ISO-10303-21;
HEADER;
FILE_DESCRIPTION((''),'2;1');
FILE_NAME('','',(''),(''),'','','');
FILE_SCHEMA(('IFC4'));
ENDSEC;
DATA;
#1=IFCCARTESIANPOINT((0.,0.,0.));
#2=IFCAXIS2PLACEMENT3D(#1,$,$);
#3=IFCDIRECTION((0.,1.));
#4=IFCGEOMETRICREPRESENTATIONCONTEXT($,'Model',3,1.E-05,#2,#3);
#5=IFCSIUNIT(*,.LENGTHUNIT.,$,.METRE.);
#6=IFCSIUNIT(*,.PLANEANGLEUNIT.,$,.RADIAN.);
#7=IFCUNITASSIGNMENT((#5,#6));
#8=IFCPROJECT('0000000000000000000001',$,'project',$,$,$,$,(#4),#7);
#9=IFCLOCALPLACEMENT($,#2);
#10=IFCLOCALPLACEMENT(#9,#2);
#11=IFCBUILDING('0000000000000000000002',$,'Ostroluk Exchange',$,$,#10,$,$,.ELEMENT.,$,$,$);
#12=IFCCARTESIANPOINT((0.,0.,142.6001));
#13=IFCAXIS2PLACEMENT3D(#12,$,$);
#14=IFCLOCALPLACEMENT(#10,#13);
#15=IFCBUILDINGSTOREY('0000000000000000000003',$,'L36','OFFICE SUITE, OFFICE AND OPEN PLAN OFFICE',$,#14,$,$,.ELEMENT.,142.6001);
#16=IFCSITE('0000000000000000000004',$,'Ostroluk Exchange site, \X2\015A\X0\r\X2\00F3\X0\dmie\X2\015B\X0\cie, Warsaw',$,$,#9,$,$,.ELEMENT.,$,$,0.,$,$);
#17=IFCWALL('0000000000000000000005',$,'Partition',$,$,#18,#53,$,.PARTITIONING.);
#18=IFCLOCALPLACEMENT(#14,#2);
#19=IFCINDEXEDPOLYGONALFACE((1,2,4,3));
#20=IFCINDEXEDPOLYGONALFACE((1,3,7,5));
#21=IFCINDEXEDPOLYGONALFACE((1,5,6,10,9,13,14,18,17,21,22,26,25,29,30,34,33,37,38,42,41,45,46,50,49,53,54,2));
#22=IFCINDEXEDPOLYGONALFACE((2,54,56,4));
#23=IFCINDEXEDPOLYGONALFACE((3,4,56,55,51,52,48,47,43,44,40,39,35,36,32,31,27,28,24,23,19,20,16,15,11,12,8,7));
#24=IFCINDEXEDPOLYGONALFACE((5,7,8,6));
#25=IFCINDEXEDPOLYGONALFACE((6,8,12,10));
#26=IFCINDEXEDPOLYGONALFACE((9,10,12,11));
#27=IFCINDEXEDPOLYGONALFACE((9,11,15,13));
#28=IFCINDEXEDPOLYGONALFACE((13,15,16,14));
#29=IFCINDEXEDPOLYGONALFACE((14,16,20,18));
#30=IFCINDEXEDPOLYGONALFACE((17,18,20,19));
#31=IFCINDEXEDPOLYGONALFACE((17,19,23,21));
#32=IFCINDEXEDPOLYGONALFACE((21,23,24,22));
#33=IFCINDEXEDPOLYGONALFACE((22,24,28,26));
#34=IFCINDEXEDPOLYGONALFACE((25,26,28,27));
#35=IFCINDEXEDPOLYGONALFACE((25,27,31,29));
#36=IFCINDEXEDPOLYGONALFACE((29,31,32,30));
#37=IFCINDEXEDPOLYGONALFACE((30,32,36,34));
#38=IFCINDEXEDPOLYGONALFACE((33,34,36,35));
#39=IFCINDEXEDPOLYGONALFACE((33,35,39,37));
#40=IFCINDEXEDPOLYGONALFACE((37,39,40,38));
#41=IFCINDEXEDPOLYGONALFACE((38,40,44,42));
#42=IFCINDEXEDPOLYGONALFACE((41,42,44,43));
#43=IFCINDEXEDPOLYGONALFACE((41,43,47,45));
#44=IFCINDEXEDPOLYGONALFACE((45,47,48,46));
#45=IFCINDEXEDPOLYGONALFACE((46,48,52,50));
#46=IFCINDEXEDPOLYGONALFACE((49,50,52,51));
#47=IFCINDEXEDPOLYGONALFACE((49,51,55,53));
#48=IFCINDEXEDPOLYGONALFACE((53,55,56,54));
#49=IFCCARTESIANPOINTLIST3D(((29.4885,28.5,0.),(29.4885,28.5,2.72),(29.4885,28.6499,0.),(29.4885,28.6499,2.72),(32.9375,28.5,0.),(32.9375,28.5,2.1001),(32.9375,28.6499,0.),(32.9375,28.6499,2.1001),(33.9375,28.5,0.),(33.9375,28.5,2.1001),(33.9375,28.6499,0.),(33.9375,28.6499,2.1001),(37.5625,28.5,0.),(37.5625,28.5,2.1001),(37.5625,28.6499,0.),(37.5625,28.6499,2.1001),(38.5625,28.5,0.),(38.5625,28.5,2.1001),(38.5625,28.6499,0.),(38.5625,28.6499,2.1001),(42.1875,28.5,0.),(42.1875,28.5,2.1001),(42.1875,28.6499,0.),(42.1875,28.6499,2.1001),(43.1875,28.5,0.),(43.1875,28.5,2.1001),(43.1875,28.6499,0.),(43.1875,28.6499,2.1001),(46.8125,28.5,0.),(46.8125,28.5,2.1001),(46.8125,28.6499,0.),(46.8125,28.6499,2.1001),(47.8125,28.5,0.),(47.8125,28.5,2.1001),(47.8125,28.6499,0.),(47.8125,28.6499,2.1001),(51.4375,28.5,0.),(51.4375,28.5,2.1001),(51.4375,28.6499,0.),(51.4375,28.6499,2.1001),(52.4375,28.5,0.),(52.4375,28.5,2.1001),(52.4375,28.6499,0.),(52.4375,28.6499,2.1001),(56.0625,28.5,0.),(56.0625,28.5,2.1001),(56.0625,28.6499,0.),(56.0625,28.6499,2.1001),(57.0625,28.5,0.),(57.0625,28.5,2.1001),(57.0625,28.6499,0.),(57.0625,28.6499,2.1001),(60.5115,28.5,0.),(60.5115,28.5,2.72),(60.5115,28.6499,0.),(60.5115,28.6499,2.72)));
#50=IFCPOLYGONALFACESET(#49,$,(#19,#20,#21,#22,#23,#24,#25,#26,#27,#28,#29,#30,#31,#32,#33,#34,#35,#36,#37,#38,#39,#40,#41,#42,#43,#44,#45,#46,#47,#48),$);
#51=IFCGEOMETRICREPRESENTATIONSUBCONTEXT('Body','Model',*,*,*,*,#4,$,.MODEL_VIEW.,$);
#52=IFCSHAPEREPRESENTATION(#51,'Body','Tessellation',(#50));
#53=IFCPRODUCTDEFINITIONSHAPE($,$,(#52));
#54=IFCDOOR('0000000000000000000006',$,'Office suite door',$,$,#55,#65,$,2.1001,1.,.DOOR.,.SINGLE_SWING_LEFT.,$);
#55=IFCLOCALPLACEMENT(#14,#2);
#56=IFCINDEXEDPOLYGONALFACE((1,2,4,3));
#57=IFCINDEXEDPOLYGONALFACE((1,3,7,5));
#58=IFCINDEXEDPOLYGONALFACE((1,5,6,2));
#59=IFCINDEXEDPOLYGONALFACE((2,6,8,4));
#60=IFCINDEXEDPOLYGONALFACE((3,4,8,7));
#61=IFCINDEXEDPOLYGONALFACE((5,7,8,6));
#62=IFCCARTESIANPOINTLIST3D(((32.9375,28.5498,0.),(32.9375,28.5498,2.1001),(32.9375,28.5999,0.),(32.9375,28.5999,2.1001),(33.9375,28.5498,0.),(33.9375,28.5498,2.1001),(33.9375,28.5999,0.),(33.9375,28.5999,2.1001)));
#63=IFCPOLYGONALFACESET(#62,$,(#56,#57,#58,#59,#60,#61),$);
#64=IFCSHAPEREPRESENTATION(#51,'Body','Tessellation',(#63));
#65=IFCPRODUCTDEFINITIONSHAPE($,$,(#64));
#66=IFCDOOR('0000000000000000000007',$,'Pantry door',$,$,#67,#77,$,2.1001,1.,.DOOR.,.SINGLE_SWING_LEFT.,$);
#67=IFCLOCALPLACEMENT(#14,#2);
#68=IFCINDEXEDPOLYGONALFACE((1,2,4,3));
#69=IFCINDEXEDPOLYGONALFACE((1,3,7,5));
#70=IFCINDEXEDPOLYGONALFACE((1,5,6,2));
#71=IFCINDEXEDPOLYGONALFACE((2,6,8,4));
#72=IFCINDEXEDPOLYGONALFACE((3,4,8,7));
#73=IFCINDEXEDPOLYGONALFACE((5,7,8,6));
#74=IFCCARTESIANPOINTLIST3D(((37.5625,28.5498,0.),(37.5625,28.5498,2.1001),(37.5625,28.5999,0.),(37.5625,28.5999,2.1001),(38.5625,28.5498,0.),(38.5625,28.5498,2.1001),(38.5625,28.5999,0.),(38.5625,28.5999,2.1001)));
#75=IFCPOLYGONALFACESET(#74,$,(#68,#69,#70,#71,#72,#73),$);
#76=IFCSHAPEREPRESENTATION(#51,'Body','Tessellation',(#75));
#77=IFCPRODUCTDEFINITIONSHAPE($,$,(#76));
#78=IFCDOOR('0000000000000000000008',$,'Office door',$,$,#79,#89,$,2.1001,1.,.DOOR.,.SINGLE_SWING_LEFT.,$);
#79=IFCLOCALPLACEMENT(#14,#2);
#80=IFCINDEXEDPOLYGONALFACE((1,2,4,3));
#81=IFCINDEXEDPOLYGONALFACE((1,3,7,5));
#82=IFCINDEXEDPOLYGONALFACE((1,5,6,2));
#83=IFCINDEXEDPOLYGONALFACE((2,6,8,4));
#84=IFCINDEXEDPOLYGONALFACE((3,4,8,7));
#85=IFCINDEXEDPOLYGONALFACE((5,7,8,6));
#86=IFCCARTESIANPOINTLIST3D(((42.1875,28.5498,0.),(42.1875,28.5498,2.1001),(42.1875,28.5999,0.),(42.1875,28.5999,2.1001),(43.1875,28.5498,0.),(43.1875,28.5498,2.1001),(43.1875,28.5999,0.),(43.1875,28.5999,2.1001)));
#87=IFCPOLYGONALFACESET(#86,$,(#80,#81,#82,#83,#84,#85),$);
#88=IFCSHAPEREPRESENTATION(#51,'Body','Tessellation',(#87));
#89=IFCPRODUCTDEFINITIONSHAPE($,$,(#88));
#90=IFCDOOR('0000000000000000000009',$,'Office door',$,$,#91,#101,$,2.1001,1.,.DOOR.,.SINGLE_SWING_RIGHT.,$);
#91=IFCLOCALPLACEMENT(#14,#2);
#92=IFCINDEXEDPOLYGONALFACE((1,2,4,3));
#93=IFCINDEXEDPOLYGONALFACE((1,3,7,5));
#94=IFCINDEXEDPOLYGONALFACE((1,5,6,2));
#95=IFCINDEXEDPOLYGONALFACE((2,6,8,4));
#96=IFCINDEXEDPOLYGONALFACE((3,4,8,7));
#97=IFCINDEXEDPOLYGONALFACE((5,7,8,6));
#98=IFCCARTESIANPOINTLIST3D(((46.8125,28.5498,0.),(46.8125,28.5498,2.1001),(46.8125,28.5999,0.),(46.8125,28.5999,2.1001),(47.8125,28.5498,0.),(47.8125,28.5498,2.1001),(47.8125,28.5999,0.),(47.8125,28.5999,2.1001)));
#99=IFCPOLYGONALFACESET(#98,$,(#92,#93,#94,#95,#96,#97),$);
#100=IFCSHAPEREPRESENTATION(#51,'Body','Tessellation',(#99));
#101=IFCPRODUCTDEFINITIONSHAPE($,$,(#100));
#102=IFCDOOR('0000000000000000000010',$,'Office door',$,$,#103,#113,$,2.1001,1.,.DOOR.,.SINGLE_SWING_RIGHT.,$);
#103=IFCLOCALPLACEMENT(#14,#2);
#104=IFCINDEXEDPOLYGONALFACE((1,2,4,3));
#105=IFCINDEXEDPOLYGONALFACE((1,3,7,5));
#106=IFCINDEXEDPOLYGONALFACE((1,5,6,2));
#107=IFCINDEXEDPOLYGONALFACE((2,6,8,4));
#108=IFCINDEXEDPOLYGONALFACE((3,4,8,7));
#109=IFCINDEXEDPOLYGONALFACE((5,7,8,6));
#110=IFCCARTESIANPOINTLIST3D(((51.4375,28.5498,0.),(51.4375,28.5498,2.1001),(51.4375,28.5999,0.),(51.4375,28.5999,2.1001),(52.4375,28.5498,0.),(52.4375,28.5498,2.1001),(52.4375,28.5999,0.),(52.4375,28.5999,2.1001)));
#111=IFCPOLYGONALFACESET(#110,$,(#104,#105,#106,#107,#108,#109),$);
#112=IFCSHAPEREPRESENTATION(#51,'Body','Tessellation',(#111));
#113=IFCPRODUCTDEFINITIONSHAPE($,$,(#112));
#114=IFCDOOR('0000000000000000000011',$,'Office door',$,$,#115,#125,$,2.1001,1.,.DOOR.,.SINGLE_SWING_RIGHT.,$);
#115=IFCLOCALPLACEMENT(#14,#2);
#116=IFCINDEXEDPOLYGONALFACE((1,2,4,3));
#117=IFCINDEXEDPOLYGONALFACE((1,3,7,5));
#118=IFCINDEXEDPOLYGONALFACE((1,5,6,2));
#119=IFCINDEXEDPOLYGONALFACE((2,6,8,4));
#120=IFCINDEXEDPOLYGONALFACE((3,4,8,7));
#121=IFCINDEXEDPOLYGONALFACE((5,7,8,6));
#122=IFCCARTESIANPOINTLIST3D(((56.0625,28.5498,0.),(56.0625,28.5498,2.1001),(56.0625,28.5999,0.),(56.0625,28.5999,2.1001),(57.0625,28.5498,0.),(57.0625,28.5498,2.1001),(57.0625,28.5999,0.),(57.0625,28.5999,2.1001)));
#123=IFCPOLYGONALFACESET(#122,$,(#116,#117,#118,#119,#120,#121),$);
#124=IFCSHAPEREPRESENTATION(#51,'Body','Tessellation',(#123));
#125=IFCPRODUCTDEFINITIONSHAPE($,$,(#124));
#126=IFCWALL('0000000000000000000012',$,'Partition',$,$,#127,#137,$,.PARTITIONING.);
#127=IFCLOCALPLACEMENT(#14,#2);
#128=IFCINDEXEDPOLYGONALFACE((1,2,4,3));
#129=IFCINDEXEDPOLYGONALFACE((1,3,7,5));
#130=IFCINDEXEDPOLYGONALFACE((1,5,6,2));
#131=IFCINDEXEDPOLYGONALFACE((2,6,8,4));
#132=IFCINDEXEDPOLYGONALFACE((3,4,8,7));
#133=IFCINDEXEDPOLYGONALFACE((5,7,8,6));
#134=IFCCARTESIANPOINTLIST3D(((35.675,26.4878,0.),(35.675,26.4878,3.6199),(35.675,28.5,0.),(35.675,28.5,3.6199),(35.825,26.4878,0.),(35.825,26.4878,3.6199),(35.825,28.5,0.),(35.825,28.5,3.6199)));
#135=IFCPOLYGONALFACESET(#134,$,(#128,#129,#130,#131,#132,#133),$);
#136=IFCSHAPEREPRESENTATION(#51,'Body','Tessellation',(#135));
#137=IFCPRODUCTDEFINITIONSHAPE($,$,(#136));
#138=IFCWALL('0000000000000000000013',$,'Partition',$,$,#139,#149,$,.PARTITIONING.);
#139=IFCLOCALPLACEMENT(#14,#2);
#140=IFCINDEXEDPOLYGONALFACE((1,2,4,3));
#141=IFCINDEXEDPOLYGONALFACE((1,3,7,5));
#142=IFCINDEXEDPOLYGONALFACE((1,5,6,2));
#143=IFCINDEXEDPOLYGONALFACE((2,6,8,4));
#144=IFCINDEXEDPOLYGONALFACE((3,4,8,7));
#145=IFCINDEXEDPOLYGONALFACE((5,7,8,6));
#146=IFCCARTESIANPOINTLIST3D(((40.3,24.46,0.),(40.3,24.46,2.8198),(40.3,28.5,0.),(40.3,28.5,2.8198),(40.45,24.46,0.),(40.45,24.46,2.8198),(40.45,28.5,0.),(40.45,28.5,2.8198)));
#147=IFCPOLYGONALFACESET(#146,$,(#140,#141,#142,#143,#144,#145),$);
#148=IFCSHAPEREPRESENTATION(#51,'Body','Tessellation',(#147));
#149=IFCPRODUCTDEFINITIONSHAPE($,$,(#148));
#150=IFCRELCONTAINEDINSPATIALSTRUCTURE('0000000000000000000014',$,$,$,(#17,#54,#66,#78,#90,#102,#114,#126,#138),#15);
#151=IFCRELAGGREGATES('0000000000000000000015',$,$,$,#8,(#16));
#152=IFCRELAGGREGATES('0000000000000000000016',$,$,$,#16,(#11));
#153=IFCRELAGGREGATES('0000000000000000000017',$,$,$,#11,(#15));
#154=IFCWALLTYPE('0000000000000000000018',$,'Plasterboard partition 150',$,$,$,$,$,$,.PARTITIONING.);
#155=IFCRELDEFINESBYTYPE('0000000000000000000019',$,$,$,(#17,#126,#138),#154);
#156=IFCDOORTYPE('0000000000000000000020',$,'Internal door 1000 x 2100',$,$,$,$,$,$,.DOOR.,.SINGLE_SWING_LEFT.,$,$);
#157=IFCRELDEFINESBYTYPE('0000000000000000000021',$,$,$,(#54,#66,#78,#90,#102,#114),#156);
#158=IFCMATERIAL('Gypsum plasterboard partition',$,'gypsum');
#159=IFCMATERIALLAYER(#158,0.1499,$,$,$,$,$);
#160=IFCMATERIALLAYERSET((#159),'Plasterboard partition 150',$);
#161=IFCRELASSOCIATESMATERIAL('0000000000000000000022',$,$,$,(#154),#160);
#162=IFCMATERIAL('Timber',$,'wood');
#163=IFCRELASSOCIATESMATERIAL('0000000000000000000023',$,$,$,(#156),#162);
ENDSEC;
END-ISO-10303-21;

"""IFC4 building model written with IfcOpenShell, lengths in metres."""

from ifc_helpers import new_model, si_unit, direction, frame, frame_2d, origin, place, context, subcontext, project, spatial, rectangle, extrude, material, layer, layer_set, type_object, element, fill, save


model = new_model("IFC4")

# Units and contexts
model_context = context("Model", 3, precision=1e-05, world=origin(), true_north=direction((0.0, 1.0)))
body_context = subcontext(model_context, "Body", "Model", "MODEL_VIEW")
ifc_project = project(units=[si_unit("LENGTHUNIT", "METRE"), si_unit("PLANEANGLEUNIT", "RADIAN")], contexts=[model_context])

# Site, building, storey
site_placement = place(None, origin())
site = spatial("IfcSite", under=ifc_project, at=site_placement, Name="Ostroluk Exchange site, Śródmieście, Warsaw", CompositionType="ELEMENT", RefElevation=0.0)
building_placement = place(site_placement, origin())
building = spatial("IfcBuilding", under=site, at=building_placement, Name="Ostroluk Exchange", CompositionType="ELEMENT")
storey_placement = place(building_placement, frame((0.0, 0.0, 142.6001)))
storey = spatial("IfcBuildingStorey", under=building, at=storey_placement, Name="L36", Description="OFFICE SUITE, OFFICE AND OPEN PLAN OFFICE", CompositionType="ELEMENT", Elevation=142.6001)

# Shared definitions
ifc_material_1 = material(Name="Gypsum plasterboard partition", Category="gypsum")
ifc_layer_1 = layer(ifc_material_1, 0.1499)
ifc_layer_set_1 = layer_set([ifc_layer_1], Name="Plasterboard partition 150")
wall_type = type_object("IfcWallType", Name="Plasterboard partition 150", PredefinedType="PARTITIONING", material=ifc_layer_set_1)

# Wall, openings, doors
wall_1_placement = place(storey_placement, frame((29.4885, 28.575, 0.0), z_axis=(0.0, 0.0, 1.0), x_axis=(1.0, 0.0, 0.0)))
wall_1 = element("IfcWall", 1, at=wall_1_placement, inside=storey, type_object=wall_type, Name="Partition", PredefinedType="PARTITIONING", context=body_context, shape_type="SweptSolid", body=[
    extrude(rectangle(XDim=31.0229, YDim=0.1499, at=frame_2d((15.5115, 0.0))), origin(), (0.0, 0.0, 1.0), 2.72),
])
opening_1_placement = place(wall_1_placement, frame((3.449, 0.0, 0.0)))
opening_1 = element("IfcOpeningElement", 2, at=opening_1_placement, cuts=wall_1, PredefinedType="OPENING", context=body_context, shape_type="SweptSolid", body=[
    extrude(rectangle(XDim=1.0, YDim=2.1001, at=frame_2d((0.5, 1.05))), frame((0.0, 0.085, 0.0), z_axis=(0.0, -1.0, 0.0), x_axis=(1.0, 0.0, 0.0)), (0.0, 0.0, 1.0), 0.1699),
])
opening_2_placement = place(wall_1_placement, frame((8.074, 0.0, 0.0)))
opening_2 = element("IfcOpeningElement", 3, at=opening_2_placement, cuts=wall_1, PredefinedType="OPENING", context=body_context, shape_type="SweptSolid", body=[
    extrude(rectangle(XDim=1.0, YDim=2.1001, at=frame_2d((0.5, 1.05))), frame((0.0, 0.085, 0.0), z_axis=(0.0, -1.0, 0.0), x_axis=(1.0, 0.0, 0.0)), (0.0, 0.0, 1.0), 0.1699),
])
opening_3_placement = place(wall_1_placement, frame((12.699, 0.0, 0.0)))
opening_3 = element("IfcOpeningElement", 4, at=opening_3_placement, cuts=wall_1, PredefinedType="OPENING", context=body_context, shape_type="SweptSolid", body=[
    extrude(rectangle(XDim=1.0, YDim=2.1001, at=frame_2d((0.5, 1.05))), frame((0.0, 0.085, 0.0), z_axis=(0.0, -1.0, 0.0), x_axis=(1.0, 0.0, 0.0)), (0.0, 0.0, 1.0), 0.1699),
])
opening_4_placement = place(wall_1_placement, frame((17.324, 0.0, 0.0)))
opening_4 = element("IfcOpeningElement", 5, at=opening_4_placement, cuts=wall_1, PredefinedType="OPENING", context=body_context, shape_type="SweptSolid", body=[
    extrude(rectangle(XDim=1.0, YDim=2.1001, at=frame_2d((0.5, 1.05))), frame((0.0, 0.085, 0.0), z_axis=(0.0, -1.0, 0.0), x_axis=(1.0, 0.0, 0.0)), (0.0, 0.0, 1.0), 0.1699),
])
opening_5_placement = place(wall_1_placement, frame((21.949, 0.0, 0.0)))
opening_5 = element("IfcOpeningElement", 6, at=opening_5_placement, cuts=wall_1, PredefinedType="OPENING", context=body_context, shape_type="SweptSolid", body=[
    extrude(rectangle(XDim=1.0, YDim=2.1001, at=frame_2d((0.5, 1.05))), frame((0.0, 0.085, 0.0), z_axis=(0.0, -1.0, 0.0), x_axis=(1.0, 0.0, 0.0)), (0.0, 0.0, 1.0), 0.1699),
])
opening_6_placement = place(wall_1_placement, frame((26.574, 0.0, 0.0)))
opening_6 = element("IfcOpeningElement", 7, at=opening_6_placement, cuts=wall_1, PredefinedType="OPENING", context=body_context, shape_type="SweptSolid", body=[
    extrude(rectangle(XDim=1.0, YDim=2.1001, at=frame_2d((0.5, 1.05))), frame((0.0, 0.085, 0.0), z_axis=(0.0, -1.0, 0.0), x_axis=(1.0, 0.0, 0.0)), (0.0, 0.0, 1.0), 0.1699),
])
ifc_material_2 = material(Name="Timber", Category="wood")
door_type = type_object("IfcDoorType", Name="Internal door 1000 x 2100", OperationType="SINGLE_SWING_LEFT", PredefinedType="DOOR", material=ifc_material_2)
door_1_placement = place(opening_1_placement, origin())
door_1 = element("IfcDoor", 8, at=door_1_placement, inside=storey, type_object=door_type, Name="Office suite door", OperationType="SINGLE_SWING_LEFT", OverallHeight=2.1001, OverallWidth=1.0, PredefinedType="DOOR", context=body_context, shape_type="SweptSolid", body=[
    extrude(rectangle(XDim=1.0, YDim=2.1001, at=frame_2d((0.5, 1.05))), frame((0.0, 0.0249, 0.0), z_axis=(0.0, -1.0, 0.0), x_axis=(1.0, 0.0, 0.0)), (0.0, 0.0, 1.0), 0.05),
])
fill(opening_1, door_1)
door_2_placement = place(opening_2_placement, origin())
door_2 = element("IfcDoor", 9, at=door_2_placement, inside=storey, type_object=door_type, Name="Pantry door", OperationType="SINGLE_SWING_LEFT", OverallHeight=2.1001, OverallWidth=1.0, PredefinedType="DOOR", context=body_context, shape_type="SweptSolid", body=[
    extrude(rectangle(XDim=1.0, YDim=2.1001, at=frame_2d((0.5, 1.05))), frame((0.0, 0.0249, 0.0), z_axis=(0.0, -1.0, 0.0), x_axis=(1.0, 0.0, 0.0)), (0.0, 0.0, 1.0), 0.05),
])
fill(opening_2, door_2)
door_3_placement = place(opening_3_placement, origin())
door_3 = element("IfcDoor", 10, at=door_3_placement, inside=storey, type_object=door_type, Name="Office door", OperationType="SINGLE_SWING_LEFT", OverallHeight=2.1001, OverallWidth=1.0, PredefinedType="DOOR", context=body_context, shape_type="SweptSolid", body=[
    extrude(rectangle(XDim=1.0, YDim=2.1001, at=frame_2d((0.5, 1.05))), frame((0.0, 0.0249, 0.0), z_axis=(0.0, -1.0, 0.0), x_axis=(1.0, 0.0, 0.0)), (0.0, 0.0, 1.0), 0.05),
])
fill(opening_3, door_3)
door_4_placement = place(opening_4_placement, origin())
door_4 = element("IfcDoor", 11, at=door_4_placement, inside=storey, type_object=door_type, Name="Office door", OperationType="SINGLE_SWING_RIGHT", OverallHeight=2.1001, OverallWidth=1.0, PredefinedType="DOOR", context=body_context, shape_type="SweptSolid", body=[
    extrude(rectangle(XDim=1.0, YDim=2.1001, at=frame_2d((0.5, 1.05))), frame((0.0, 0.0249, 0.0), z_axis=(0.0, -1.0, 0.0), x_axis=(1.0, 0.0, 0.0)), (0.0, 0.0, 1.0), 0.05),
])
fill(opening_4, door_4)
door_5_placement = place(opening_5_placement, origin())
door_5 = element("IfcDoor", 12, at=door_5_placement, inside=storey, type_object=door_type, Name="Office door", OperationType="SINGLE_SWING_RIGHT", OverallHeight=2.1001, OverallWidth=1.0, PredefinedType="DOOR", context=body_context, shape_type="SweptSolid", body=[
    extrude(rectangle(XDim=1.0, YDim=2.1001, at=frame_2d((0.5, 1.05))), frame((0.0, 0.0249, 0.0), z_axis=(0.0, -1.0, 0.0), x_axis=(1.0, 0.0, 0.0)), (0.0, 0.0, 1.0), 0.05),
])
fill(opening_5, door_5)
door_6_placement = place(opening_6_placement, origin())
door_6 = element("IfcDoor", 13, at=door_6_placement, inside=storey, type_object=door_type, Name="Office door", OperationType="SINGLE_SWING_RIGHT", OverallHeight=2.1001, OverallWidth=1.0, PredefinedType="DOOR", context=body_context, shape_type="SweptSolid", body=[
    extrude(rectangle(XDim=1.0, YDim=2.1001, at=frame_2d((0.5, 1.05))), frame((0.0, 0.0249, 0.0), z_axis=(0.0, -1.0, 0.0), x_axis=(1.0, 0.0, 0.0)), (0.0, 0.0, 1.0), 0.05),
])
fill(opening_6, door_6)

# Walls
wall_2_placement = place(storey_placement, frame((35.75, 28.5, 0.0), z_axis=(0.0, 0.0, 1.0), x_axis=(0.0, -1.0, 0.0)))
element("IfcWall", 14, at=wall_2_placement, inside=storey, type_object=wall_type, Name="Partition", PredefinedType="PARTITIONING", context=body_context, shape_type="SweptSolid", body=[
    extrude(rectangle(XDim=2.0122, YDim=0.1499, at=frame_2d((1.0061, 0.0))), origin(), (0.0, 0.0, 1.0), 3.6199),
])
wall_3_placement = place(storey_placement, frame((40.375, 28.5, 0.0), z_axis=(0.0, 0.0, 1.0), x_axis=(0.0, -1.0, 0.0)))
element("IfcWall", 15, at=wall_3_placement, inside=storey, type_object=wall_type, Name="Partition", PredefinedType="PARTITIONING", context=body_context, shape_type="SweptSolid", body=[
    extrude(rectangle(XDim=4.04, YDim=0.1499, at=frame_2d((2.02, 0.0))), origin(), (0.0, 0.0, 1.0), 2.8198),
])

save(model, "model.ifc")
